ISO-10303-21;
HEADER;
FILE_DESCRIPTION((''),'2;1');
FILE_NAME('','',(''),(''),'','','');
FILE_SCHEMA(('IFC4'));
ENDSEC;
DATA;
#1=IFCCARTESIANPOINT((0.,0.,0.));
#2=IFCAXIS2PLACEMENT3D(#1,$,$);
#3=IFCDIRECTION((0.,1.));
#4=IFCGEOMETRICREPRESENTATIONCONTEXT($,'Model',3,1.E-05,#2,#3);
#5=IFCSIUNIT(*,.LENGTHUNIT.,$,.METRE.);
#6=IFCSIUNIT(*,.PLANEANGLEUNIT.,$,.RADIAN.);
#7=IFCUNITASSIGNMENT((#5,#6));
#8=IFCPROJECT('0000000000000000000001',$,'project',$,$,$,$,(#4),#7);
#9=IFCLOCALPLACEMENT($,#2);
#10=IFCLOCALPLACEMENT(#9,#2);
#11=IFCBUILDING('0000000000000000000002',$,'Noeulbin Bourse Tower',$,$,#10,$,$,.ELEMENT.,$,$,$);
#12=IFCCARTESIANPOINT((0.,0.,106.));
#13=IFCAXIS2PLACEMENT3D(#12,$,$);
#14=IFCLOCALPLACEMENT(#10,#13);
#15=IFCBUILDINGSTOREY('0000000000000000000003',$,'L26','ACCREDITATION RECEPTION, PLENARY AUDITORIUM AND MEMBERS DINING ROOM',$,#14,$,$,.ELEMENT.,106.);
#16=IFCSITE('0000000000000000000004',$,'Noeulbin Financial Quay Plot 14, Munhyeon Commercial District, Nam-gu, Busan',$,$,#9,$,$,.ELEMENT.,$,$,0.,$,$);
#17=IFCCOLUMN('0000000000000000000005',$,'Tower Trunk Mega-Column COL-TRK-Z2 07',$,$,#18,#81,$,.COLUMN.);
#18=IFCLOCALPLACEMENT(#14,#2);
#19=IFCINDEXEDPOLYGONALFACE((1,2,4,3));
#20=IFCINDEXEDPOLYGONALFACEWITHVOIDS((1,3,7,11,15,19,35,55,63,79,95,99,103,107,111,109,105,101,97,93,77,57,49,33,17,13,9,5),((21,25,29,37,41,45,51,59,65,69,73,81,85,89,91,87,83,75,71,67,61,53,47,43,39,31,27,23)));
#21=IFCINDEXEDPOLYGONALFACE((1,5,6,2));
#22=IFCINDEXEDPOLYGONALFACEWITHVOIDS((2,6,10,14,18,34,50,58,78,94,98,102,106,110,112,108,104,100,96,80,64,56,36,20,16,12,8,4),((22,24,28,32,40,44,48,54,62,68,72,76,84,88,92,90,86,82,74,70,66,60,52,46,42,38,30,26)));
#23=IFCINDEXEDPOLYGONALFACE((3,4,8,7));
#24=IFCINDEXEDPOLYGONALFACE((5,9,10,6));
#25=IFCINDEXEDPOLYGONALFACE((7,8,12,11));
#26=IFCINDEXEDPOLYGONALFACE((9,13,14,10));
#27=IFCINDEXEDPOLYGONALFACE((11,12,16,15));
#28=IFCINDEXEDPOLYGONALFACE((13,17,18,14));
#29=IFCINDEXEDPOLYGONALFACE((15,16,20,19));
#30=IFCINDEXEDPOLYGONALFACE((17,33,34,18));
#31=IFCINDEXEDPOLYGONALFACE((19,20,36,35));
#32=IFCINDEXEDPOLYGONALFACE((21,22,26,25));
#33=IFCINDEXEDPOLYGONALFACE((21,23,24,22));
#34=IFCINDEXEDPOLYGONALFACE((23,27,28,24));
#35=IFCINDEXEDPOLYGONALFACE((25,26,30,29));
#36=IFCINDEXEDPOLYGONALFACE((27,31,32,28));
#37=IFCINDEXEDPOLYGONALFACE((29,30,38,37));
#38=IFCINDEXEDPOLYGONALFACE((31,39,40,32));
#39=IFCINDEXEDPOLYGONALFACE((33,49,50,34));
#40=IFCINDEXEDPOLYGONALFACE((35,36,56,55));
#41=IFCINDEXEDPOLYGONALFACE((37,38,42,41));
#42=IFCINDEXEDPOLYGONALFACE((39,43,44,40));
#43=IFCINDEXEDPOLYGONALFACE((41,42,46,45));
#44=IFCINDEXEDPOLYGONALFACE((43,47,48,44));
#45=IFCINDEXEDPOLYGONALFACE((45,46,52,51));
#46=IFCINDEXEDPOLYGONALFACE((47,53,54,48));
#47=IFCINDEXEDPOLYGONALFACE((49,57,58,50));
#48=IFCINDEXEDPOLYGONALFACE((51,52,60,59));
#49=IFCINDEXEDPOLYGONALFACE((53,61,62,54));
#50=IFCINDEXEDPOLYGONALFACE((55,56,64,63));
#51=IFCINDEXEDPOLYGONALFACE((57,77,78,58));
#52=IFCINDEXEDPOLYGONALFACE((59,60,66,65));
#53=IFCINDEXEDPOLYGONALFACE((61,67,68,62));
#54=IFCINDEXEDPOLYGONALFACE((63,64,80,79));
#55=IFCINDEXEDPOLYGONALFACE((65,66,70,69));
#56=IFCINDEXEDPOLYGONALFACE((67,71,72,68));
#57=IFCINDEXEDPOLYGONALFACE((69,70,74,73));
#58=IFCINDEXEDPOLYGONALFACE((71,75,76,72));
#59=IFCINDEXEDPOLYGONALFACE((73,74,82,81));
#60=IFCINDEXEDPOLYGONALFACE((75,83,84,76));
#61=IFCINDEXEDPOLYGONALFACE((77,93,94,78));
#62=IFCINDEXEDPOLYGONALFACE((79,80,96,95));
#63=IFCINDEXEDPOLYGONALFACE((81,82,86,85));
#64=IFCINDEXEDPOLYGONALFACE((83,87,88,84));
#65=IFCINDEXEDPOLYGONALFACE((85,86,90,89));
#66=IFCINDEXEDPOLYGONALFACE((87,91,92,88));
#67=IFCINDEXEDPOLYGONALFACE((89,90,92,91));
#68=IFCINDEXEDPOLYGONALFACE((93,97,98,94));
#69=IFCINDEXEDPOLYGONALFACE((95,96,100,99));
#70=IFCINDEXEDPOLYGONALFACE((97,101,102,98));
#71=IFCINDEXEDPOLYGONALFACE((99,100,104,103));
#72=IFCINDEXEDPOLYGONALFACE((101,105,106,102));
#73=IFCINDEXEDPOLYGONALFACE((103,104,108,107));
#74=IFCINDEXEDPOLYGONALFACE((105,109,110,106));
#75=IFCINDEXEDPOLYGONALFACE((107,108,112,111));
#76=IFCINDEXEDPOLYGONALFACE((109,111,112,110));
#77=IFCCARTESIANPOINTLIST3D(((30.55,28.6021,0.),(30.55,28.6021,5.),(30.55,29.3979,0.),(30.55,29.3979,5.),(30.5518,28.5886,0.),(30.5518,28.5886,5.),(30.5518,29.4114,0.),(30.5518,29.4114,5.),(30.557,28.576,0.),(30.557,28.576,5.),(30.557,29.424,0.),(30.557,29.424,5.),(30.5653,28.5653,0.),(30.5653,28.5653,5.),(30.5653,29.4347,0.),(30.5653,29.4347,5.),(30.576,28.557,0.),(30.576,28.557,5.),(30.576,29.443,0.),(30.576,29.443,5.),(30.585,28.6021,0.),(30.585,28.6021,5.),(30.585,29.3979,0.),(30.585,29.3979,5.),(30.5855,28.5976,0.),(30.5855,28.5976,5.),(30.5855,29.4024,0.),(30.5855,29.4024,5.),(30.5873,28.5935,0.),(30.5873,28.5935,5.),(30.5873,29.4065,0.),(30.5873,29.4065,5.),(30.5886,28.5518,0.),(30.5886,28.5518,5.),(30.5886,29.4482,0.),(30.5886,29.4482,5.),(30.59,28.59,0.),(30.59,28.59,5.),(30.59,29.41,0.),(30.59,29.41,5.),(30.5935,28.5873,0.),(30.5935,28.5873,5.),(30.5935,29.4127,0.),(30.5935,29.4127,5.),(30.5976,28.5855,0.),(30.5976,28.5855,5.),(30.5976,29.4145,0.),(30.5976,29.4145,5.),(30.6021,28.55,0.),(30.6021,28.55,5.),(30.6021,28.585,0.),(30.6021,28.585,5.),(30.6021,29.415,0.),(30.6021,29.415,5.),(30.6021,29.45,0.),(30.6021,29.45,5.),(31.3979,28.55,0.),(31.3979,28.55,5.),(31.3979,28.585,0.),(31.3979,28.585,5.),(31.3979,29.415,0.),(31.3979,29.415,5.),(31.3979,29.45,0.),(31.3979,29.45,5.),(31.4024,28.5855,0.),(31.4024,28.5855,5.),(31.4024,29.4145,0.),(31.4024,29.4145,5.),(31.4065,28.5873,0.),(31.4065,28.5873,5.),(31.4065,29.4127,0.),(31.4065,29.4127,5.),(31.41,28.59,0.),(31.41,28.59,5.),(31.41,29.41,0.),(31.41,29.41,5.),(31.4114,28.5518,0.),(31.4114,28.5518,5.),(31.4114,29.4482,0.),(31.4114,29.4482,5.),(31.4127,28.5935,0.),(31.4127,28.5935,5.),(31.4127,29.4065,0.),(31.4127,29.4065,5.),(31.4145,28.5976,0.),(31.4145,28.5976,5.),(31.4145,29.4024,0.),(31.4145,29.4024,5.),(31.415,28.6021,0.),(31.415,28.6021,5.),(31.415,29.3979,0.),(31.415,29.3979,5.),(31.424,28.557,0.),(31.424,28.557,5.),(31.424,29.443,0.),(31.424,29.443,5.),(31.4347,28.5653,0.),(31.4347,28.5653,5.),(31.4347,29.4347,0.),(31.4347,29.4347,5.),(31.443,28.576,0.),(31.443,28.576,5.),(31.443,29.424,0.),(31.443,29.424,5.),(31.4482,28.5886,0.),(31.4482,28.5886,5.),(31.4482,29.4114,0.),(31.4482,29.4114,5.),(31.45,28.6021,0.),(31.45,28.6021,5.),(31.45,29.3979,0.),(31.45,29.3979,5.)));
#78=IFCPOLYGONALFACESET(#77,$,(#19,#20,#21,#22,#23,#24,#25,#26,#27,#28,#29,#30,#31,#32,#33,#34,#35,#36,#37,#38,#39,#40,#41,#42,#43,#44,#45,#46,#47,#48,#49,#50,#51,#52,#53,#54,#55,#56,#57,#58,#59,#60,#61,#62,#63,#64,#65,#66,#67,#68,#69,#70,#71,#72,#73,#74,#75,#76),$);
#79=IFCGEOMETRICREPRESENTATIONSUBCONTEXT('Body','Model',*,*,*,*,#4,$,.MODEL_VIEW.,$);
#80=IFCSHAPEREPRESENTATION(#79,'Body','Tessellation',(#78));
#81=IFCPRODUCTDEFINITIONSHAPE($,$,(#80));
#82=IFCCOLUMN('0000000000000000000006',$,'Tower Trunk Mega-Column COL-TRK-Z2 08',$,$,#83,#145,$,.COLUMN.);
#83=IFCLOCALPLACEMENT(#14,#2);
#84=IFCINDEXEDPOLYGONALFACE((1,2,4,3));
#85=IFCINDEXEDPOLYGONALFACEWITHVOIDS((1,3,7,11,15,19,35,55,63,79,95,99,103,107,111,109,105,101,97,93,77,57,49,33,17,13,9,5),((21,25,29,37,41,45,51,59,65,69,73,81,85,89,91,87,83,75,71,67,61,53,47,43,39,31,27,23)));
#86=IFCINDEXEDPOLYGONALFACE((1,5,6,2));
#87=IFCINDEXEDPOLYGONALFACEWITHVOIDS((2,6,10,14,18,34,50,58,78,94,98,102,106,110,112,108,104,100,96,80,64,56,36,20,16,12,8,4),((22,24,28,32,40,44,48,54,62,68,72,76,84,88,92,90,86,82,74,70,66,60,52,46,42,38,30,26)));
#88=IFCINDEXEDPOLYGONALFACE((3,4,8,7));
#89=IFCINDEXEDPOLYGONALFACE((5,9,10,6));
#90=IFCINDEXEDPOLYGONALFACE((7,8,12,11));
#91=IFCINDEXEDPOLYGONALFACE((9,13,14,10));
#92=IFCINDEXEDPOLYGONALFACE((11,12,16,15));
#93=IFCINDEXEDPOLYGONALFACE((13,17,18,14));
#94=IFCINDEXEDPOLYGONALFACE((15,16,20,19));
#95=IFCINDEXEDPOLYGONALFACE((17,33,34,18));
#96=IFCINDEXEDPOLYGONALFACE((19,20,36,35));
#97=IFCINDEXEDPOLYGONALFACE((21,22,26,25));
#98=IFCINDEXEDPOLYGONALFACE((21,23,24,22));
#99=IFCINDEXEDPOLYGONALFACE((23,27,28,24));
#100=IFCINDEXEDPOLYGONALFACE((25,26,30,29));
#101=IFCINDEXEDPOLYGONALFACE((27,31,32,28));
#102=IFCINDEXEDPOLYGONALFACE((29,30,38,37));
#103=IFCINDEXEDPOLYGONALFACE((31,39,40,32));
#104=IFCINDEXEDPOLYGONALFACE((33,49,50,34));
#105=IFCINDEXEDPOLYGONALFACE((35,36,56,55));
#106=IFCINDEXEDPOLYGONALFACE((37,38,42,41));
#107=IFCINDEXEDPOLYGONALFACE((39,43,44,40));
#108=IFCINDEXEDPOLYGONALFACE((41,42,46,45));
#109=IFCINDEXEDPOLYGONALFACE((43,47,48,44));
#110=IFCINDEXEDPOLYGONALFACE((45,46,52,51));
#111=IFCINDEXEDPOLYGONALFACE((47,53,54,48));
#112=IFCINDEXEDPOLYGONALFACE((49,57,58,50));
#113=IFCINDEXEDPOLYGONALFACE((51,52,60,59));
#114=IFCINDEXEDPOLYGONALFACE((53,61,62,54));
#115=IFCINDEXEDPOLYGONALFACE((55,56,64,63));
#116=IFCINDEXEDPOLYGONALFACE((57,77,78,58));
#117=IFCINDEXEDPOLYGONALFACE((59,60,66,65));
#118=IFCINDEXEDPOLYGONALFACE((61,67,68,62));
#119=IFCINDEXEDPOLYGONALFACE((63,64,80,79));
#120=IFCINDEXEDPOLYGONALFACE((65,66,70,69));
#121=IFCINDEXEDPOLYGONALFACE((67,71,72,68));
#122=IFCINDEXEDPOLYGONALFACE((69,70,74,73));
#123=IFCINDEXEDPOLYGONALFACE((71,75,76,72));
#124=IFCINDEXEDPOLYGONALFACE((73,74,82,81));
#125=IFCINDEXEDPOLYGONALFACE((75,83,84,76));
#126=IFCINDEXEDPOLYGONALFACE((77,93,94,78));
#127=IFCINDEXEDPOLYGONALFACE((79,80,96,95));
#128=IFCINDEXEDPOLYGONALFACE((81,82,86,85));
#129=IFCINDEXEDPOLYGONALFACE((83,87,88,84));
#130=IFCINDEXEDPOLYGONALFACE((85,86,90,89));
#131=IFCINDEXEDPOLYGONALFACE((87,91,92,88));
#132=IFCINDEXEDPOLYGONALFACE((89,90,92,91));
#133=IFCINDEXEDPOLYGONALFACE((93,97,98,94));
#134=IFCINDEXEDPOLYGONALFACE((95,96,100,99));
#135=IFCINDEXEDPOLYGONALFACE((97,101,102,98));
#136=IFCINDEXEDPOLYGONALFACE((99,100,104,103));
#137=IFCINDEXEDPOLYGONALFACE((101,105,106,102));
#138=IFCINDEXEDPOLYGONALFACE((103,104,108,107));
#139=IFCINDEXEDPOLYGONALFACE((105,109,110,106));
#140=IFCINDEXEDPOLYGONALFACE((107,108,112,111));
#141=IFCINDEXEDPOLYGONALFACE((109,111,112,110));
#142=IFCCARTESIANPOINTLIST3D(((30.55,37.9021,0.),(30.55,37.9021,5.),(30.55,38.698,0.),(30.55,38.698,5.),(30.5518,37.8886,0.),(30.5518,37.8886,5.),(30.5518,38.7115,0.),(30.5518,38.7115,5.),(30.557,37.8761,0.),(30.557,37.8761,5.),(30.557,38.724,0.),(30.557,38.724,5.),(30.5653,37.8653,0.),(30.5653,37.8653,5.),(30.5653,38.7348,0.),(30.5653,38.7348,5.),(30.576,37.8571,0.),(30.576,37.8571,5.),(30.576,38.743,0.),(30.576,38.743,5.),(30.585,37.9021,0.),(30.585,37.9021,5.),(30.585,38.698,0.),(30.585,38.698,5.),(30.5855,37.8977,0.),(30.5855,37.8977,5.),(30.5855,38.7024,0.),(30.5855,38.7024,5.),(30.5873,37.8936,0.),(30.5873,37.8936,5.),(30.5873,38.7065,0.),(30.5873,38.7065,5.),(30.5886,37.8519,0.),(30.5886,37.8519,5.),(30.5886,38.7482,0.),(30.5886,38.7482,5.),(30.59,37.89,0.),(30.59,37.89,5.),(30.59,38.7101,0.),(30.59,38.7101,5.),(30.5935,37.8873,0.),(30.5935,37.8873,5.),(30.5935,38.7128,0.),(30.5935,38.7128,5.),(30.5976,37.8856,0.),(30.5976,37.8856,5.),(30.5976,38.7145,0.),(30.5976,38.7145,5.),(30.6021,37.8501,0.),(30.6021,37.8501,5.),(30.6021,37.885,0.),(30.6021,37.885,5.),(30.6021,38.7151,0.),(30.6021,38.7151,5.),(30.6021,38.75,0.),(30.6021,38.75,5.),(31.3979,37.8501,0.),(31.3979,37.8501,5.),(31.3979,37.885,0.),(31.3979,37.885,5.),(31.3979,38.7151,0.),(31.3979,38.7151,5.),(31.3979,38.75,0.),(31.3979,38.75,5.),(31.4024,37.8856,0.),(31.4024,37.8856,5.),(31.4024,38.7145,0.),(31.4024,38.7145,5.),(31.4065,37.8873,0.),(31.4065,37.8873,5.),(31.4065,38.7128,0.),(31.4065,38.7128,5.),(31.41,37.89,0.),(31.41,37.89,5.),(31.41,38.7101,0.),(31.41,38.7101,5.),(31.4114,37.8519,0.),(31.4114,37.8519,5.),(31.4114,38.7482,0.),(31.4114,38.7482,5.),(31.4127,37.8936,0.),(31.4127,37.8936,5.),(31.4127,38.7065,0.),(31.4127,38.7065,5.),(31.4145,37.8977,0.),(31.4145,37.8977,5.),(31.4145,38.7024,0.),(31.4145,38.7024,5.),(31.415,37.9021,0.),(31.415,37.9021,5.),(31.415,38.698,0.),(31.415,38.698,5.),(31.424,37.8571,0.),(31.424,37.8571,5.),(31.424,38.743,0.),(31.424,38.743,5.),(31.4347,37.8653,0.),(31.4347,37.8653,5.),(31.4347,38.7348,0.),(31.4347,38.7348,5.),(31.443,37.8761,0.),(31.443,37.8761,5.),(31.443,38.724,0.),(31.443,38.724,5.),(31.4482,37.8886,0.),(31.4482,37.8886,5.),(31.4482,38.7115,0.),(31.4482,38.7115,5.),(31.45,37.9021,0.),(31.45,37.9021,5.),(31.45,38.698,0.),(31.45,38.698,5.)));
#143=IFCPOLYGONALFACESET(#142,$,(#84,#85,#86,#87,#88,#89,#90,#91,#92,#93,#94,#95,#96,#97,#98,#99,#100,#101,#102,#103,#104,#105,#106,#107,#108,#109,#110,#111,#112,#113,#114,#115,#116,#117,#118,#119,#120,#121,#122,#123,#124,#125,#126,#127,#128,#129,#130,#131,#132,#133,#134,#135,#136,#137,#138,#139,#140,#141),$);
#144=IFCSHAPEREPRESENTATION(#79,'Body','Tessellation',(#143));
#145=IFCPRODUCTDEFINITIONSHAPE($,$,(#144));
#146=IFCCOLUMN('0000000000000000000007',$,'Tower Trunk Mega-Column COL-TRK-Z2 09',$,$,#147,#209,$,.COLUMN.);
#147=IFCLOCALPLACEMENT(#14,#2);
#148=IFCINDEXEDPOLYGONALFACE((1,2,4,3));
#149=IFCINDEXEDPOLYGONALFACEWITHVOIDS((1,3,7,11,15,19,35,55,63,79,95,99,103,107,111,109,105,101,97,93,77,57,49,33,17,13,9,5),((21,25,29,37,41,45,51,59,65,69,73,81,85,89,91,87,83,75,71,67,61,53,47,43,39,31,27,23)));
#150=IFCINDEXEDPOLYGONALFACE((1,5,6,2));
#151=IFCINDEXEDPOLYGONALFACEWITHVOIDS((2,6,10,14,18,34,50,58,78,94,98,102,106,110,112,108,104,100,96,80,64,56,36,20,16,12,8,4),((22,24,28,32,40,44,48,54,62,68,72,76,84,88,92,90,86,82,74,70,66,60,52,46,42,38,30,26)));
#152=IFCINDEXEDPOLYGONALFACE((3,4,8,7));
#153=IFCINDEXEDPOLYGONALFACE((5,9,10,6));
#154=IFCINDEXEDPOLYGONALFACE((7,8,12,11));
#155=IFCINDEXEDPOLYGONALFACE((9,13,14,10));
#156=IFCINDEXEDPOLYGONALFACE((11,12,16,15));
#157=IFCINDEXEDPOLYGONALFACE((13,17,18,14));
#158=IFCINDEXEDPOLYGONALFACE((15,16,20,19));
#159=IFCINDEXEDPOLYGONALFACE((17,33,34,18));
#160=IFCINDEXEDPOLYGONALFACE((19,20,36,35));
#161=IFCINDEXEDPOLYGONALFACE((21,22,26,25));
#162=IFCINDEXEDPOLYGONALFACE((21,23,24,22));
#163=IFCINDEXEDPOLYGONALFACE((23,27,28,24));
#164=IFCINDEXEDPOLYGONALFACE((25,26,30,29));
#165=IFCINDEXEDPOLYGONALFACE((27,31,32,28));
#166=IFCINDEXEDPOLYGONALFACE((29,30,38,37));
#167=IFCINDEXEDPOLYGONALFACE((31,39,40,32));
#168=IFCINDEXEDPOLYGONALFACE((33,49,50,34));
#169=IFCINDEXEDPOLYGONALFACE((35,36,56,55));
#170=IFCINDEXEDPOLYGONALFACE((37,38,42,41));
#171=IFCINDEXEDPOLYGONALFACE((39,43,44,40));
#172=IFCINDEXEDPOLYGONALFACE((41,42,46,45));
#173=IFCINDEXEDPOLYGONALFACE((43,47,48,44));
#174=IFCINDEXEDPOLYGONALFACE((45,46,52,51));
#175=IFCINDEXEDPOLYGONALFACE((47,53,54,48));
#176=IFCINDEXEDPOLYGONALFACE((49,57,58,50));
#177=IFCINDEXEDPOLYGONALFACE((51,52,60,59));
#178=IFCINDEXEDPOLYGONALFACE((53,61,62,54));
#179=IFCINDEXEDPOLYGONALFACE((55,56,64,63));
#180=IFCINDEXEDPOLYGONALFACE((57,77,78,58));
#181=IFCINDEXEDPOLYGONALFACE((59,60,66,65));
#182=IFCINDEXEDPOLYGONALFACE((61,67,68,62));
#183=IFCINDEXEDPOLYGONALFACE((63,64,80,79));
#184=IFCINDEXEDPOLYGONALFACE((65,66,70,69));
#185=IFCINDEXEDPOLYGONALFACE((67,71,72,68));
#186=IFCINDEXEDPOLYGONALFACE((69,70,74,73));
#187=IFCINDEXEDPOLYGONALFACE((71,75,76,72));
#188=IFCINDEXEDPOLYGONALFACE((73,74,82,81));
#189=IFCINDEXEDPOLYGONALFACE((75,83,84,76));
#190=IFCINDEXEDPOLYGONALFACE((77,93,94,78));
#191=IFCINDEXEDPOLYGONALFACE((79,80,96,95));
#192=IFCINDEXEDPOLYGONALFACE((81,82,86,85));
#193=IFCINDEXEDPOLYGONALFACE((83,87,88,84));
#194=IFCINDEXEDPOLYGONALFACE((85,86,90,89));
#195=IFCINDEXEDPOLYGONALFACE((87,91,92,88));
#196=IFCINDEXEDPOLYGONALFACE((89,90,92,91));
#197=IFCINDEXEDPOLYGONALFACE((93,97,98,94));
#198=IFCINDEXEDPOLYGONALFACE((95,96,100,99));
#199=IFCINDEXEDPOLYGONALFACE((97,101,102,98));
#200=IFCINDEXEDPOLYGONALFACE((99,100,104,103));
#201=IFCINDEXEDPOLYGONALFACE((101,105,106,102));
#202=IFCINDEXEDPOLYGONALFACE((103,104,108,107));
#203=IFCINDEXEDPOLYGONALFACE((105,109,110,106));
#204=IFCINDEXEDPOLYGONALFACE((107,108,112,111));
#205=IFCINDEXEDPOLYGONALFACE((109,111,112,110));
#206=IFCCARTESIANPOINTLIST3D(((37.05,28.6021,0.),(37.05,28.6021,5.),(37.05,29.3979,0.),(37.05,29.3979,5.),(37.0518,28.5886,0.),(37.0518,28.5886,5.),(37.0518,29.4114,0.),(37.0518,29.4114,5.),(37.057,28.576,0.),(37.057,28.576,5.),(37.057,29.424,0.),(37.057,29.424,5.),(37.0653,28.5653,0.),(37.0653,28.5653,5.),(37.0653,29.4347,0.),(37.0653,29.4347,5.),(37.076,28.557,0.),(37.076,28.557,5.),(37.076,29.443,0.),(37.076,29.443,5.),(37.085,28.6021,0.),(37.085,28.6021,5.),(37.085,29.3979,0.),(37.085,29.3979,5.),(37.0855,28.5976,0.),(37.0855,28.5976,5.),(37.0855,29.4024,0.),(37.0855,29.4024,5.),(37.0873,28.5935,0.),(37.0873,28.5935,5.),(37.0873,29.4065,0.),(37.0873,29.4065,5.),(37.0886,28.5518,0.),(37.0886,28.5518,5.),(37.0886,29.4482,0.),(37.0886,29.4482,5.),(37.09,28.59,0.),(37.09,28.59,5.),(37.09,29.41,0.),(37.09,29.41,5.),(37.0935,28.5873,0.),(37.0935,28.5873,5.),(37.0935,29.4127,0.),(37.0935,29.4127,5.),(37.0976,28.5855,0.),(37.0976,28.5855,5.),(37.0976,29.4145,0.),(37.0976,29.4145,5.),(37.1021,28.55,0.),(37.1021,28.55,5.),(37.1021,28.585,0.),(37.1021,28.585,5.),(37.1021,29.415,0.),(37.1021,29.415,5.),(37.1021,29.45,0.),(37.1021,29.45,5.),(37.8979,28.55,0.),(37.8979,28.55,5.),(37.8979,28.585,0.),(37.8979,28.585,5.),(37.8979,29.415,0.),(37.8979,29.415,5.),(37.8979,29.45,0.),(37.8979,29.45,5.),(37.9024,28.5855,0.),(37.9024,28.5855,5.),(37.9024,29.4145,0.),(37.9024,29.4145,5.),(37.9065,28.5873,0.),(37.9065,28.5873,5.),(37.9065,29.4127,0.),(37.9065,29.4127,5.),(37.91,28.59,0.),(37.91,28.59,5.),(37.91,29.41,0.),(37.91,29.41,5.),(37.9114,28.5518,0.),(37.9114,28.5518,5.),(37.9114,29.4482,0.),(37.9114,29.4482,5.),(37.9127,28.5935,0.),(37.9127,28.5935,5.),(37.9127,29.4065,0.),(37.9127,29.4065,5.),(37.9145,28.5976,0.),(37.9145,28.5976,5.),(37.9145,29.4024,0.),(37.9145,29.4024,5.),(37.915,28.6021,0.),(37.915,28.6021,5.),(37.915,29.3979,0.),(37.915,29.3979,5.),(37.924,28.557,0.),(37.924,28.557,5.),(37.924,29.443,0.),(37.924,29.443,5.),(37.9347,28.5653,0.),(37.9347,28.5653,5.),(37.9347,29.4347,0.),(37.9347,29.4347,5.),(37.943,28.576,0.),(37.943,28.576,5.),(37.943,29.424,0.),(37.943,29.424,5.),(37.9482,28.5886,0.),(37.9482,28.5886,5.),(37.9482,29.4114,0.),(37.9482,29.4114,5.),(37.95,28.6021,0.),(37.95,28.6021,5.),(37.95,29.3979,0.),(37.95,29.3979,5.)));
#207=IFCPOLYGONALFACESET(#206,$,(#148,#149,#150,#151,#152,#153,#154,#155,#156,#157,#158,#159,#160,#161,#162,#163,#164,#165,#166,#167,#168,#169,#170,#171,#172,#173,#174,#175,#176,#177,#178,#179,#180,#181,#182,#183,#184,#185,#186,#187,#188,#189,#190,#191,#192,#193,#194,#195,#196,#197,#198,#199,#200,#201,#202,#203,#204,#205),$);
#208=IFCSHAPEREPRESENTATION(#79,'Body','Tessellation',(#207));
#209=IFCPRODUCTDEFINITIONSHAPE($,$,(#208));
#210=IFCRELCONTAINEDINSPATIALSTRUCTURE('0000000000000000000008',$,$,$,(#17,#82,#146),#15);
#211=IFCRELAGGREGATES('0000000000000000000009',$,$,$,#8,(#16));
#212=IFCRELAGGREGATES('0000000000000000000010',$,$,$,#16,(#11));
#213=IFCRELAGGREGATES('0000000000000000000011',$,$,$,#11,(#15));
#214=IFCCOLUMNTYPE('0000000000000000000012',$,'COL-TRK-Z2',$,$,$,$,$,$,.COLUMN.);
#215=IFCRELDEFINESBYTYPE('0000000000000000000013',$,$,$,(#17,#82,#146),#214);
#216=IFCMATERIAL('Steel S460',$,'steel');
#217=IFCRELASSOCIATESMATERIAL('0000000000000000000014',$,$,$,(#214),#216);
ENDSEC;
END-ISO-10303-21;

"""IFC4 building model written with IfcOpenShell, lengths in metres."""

from ifc_helpers import new_model, si_unit, direction, frame, origin, origin_2d, place, context, subcontext, project, spatial, hollow_rectangle, extrude, material, material_profile, profile_set, type_object, element, save


model = new_model("IFC4")

# Units and contexts
model_context = context("Model", 3, precision=1e-05, world=origin(), true_north=direction((0.0, 1.0)))
body_context = subcontext(model_context, "Body", "Model", "MODEL_VIEW")
ifc_project = project(units=[si_unit("LENGTHUNIT", "METRE"), si_unit("PLANEANGLEUNIT", "RADIAN")], contexts=[model_context])

# Site, building, storey
site_placement = place(None, origin())
site = spatial("IfcSite", under=ifc_project, at=site_placement, Name="Noeulbin Financial Quay Plot 14, Munhyeon Commercial District, Nam-gu, Busan", CompositionType="ELEMENT", RefElevation=0.0)
building_placement = place(site_placement, origin())
building = spatial("IfcBuilding", under=site, at=building_placement, Name="Noeulbin Bourse Tower", CompositionType="ELEMENT")
storey_placement = place(building_placement, frame((0.0, 0.0, 106.0)))
storey = spatial("IfcBuildingStorey", under=building, at=storey_placement, Name="L26", Description="ACCREDITATION RECEPTION, PLENARY AUDITORIUM AND MEMBERS DINING ROOM", CompositionType="ELEMENT", Elevation=106.0)

# Columns
ifc_material_1 = material(Name="Steel S460", Category="steel")
ifc_material_profile_1 = material_profile(ifc_material_1, hollow_rectangle(XDim=0.8999, YDim=0.8999, WallThickness=0.0349, InnerFilletRadius=0.0171, OuterFilletRadius=0.052, at=origin_2d()), Name="BOX-900x900x35", Category="LoadBearing")
ifc_profile_set_1 = profile_set([ifc_material_profile_1], Name="Steel S460")
column_type = type_object("IfcColumnType", Name="COL-TRK-Z2", PredefinedType="COLUMN", material=ifc_profile_set_1)
for number, where, z_axis, x_axis, name in (
    (1, (31.0, 29.0, 0.0), (0.0, 0.0, 1.0), (1.0, 0.0, 0.0), "Tower Trunk Mega-Column COL-TRK-Z2 07"),
    (2, (31.0, 38.3, 0.0), (0.0, 0.0, 1.0), (1.0, 0.0, 0.0), "Tower Trunk Mega-Column COL-TRK-Z2 08"),
    (3, (37.5, 29.0, 0.0), (0.0, 0.0, 1.0), (1.0, 0.0, 0.0), "Tower Trunk Mega-Column COL-TRK-Z2 09"),
):
    element("IfcColumn", number, at=place(storey_placement, frame(where, z_axis=z_axis, x_axis=x_axis)), inside=storey, type_object=column_type, Name=name, PredefinedType="COLUMN", context=body_context, shape_type="SweptSolid", body=[
        extrude(hollow_rectangle(XDim=0.8999, YDim=0.8999, WallThickness=0.0349, InnerFilletRadius=0.0171, OuterFilletRadius=0.052, at=origin_2d()), origin(), (0.0, 0.0, 1.0), 5.0),
    ])

save(model, "model.ifc")
